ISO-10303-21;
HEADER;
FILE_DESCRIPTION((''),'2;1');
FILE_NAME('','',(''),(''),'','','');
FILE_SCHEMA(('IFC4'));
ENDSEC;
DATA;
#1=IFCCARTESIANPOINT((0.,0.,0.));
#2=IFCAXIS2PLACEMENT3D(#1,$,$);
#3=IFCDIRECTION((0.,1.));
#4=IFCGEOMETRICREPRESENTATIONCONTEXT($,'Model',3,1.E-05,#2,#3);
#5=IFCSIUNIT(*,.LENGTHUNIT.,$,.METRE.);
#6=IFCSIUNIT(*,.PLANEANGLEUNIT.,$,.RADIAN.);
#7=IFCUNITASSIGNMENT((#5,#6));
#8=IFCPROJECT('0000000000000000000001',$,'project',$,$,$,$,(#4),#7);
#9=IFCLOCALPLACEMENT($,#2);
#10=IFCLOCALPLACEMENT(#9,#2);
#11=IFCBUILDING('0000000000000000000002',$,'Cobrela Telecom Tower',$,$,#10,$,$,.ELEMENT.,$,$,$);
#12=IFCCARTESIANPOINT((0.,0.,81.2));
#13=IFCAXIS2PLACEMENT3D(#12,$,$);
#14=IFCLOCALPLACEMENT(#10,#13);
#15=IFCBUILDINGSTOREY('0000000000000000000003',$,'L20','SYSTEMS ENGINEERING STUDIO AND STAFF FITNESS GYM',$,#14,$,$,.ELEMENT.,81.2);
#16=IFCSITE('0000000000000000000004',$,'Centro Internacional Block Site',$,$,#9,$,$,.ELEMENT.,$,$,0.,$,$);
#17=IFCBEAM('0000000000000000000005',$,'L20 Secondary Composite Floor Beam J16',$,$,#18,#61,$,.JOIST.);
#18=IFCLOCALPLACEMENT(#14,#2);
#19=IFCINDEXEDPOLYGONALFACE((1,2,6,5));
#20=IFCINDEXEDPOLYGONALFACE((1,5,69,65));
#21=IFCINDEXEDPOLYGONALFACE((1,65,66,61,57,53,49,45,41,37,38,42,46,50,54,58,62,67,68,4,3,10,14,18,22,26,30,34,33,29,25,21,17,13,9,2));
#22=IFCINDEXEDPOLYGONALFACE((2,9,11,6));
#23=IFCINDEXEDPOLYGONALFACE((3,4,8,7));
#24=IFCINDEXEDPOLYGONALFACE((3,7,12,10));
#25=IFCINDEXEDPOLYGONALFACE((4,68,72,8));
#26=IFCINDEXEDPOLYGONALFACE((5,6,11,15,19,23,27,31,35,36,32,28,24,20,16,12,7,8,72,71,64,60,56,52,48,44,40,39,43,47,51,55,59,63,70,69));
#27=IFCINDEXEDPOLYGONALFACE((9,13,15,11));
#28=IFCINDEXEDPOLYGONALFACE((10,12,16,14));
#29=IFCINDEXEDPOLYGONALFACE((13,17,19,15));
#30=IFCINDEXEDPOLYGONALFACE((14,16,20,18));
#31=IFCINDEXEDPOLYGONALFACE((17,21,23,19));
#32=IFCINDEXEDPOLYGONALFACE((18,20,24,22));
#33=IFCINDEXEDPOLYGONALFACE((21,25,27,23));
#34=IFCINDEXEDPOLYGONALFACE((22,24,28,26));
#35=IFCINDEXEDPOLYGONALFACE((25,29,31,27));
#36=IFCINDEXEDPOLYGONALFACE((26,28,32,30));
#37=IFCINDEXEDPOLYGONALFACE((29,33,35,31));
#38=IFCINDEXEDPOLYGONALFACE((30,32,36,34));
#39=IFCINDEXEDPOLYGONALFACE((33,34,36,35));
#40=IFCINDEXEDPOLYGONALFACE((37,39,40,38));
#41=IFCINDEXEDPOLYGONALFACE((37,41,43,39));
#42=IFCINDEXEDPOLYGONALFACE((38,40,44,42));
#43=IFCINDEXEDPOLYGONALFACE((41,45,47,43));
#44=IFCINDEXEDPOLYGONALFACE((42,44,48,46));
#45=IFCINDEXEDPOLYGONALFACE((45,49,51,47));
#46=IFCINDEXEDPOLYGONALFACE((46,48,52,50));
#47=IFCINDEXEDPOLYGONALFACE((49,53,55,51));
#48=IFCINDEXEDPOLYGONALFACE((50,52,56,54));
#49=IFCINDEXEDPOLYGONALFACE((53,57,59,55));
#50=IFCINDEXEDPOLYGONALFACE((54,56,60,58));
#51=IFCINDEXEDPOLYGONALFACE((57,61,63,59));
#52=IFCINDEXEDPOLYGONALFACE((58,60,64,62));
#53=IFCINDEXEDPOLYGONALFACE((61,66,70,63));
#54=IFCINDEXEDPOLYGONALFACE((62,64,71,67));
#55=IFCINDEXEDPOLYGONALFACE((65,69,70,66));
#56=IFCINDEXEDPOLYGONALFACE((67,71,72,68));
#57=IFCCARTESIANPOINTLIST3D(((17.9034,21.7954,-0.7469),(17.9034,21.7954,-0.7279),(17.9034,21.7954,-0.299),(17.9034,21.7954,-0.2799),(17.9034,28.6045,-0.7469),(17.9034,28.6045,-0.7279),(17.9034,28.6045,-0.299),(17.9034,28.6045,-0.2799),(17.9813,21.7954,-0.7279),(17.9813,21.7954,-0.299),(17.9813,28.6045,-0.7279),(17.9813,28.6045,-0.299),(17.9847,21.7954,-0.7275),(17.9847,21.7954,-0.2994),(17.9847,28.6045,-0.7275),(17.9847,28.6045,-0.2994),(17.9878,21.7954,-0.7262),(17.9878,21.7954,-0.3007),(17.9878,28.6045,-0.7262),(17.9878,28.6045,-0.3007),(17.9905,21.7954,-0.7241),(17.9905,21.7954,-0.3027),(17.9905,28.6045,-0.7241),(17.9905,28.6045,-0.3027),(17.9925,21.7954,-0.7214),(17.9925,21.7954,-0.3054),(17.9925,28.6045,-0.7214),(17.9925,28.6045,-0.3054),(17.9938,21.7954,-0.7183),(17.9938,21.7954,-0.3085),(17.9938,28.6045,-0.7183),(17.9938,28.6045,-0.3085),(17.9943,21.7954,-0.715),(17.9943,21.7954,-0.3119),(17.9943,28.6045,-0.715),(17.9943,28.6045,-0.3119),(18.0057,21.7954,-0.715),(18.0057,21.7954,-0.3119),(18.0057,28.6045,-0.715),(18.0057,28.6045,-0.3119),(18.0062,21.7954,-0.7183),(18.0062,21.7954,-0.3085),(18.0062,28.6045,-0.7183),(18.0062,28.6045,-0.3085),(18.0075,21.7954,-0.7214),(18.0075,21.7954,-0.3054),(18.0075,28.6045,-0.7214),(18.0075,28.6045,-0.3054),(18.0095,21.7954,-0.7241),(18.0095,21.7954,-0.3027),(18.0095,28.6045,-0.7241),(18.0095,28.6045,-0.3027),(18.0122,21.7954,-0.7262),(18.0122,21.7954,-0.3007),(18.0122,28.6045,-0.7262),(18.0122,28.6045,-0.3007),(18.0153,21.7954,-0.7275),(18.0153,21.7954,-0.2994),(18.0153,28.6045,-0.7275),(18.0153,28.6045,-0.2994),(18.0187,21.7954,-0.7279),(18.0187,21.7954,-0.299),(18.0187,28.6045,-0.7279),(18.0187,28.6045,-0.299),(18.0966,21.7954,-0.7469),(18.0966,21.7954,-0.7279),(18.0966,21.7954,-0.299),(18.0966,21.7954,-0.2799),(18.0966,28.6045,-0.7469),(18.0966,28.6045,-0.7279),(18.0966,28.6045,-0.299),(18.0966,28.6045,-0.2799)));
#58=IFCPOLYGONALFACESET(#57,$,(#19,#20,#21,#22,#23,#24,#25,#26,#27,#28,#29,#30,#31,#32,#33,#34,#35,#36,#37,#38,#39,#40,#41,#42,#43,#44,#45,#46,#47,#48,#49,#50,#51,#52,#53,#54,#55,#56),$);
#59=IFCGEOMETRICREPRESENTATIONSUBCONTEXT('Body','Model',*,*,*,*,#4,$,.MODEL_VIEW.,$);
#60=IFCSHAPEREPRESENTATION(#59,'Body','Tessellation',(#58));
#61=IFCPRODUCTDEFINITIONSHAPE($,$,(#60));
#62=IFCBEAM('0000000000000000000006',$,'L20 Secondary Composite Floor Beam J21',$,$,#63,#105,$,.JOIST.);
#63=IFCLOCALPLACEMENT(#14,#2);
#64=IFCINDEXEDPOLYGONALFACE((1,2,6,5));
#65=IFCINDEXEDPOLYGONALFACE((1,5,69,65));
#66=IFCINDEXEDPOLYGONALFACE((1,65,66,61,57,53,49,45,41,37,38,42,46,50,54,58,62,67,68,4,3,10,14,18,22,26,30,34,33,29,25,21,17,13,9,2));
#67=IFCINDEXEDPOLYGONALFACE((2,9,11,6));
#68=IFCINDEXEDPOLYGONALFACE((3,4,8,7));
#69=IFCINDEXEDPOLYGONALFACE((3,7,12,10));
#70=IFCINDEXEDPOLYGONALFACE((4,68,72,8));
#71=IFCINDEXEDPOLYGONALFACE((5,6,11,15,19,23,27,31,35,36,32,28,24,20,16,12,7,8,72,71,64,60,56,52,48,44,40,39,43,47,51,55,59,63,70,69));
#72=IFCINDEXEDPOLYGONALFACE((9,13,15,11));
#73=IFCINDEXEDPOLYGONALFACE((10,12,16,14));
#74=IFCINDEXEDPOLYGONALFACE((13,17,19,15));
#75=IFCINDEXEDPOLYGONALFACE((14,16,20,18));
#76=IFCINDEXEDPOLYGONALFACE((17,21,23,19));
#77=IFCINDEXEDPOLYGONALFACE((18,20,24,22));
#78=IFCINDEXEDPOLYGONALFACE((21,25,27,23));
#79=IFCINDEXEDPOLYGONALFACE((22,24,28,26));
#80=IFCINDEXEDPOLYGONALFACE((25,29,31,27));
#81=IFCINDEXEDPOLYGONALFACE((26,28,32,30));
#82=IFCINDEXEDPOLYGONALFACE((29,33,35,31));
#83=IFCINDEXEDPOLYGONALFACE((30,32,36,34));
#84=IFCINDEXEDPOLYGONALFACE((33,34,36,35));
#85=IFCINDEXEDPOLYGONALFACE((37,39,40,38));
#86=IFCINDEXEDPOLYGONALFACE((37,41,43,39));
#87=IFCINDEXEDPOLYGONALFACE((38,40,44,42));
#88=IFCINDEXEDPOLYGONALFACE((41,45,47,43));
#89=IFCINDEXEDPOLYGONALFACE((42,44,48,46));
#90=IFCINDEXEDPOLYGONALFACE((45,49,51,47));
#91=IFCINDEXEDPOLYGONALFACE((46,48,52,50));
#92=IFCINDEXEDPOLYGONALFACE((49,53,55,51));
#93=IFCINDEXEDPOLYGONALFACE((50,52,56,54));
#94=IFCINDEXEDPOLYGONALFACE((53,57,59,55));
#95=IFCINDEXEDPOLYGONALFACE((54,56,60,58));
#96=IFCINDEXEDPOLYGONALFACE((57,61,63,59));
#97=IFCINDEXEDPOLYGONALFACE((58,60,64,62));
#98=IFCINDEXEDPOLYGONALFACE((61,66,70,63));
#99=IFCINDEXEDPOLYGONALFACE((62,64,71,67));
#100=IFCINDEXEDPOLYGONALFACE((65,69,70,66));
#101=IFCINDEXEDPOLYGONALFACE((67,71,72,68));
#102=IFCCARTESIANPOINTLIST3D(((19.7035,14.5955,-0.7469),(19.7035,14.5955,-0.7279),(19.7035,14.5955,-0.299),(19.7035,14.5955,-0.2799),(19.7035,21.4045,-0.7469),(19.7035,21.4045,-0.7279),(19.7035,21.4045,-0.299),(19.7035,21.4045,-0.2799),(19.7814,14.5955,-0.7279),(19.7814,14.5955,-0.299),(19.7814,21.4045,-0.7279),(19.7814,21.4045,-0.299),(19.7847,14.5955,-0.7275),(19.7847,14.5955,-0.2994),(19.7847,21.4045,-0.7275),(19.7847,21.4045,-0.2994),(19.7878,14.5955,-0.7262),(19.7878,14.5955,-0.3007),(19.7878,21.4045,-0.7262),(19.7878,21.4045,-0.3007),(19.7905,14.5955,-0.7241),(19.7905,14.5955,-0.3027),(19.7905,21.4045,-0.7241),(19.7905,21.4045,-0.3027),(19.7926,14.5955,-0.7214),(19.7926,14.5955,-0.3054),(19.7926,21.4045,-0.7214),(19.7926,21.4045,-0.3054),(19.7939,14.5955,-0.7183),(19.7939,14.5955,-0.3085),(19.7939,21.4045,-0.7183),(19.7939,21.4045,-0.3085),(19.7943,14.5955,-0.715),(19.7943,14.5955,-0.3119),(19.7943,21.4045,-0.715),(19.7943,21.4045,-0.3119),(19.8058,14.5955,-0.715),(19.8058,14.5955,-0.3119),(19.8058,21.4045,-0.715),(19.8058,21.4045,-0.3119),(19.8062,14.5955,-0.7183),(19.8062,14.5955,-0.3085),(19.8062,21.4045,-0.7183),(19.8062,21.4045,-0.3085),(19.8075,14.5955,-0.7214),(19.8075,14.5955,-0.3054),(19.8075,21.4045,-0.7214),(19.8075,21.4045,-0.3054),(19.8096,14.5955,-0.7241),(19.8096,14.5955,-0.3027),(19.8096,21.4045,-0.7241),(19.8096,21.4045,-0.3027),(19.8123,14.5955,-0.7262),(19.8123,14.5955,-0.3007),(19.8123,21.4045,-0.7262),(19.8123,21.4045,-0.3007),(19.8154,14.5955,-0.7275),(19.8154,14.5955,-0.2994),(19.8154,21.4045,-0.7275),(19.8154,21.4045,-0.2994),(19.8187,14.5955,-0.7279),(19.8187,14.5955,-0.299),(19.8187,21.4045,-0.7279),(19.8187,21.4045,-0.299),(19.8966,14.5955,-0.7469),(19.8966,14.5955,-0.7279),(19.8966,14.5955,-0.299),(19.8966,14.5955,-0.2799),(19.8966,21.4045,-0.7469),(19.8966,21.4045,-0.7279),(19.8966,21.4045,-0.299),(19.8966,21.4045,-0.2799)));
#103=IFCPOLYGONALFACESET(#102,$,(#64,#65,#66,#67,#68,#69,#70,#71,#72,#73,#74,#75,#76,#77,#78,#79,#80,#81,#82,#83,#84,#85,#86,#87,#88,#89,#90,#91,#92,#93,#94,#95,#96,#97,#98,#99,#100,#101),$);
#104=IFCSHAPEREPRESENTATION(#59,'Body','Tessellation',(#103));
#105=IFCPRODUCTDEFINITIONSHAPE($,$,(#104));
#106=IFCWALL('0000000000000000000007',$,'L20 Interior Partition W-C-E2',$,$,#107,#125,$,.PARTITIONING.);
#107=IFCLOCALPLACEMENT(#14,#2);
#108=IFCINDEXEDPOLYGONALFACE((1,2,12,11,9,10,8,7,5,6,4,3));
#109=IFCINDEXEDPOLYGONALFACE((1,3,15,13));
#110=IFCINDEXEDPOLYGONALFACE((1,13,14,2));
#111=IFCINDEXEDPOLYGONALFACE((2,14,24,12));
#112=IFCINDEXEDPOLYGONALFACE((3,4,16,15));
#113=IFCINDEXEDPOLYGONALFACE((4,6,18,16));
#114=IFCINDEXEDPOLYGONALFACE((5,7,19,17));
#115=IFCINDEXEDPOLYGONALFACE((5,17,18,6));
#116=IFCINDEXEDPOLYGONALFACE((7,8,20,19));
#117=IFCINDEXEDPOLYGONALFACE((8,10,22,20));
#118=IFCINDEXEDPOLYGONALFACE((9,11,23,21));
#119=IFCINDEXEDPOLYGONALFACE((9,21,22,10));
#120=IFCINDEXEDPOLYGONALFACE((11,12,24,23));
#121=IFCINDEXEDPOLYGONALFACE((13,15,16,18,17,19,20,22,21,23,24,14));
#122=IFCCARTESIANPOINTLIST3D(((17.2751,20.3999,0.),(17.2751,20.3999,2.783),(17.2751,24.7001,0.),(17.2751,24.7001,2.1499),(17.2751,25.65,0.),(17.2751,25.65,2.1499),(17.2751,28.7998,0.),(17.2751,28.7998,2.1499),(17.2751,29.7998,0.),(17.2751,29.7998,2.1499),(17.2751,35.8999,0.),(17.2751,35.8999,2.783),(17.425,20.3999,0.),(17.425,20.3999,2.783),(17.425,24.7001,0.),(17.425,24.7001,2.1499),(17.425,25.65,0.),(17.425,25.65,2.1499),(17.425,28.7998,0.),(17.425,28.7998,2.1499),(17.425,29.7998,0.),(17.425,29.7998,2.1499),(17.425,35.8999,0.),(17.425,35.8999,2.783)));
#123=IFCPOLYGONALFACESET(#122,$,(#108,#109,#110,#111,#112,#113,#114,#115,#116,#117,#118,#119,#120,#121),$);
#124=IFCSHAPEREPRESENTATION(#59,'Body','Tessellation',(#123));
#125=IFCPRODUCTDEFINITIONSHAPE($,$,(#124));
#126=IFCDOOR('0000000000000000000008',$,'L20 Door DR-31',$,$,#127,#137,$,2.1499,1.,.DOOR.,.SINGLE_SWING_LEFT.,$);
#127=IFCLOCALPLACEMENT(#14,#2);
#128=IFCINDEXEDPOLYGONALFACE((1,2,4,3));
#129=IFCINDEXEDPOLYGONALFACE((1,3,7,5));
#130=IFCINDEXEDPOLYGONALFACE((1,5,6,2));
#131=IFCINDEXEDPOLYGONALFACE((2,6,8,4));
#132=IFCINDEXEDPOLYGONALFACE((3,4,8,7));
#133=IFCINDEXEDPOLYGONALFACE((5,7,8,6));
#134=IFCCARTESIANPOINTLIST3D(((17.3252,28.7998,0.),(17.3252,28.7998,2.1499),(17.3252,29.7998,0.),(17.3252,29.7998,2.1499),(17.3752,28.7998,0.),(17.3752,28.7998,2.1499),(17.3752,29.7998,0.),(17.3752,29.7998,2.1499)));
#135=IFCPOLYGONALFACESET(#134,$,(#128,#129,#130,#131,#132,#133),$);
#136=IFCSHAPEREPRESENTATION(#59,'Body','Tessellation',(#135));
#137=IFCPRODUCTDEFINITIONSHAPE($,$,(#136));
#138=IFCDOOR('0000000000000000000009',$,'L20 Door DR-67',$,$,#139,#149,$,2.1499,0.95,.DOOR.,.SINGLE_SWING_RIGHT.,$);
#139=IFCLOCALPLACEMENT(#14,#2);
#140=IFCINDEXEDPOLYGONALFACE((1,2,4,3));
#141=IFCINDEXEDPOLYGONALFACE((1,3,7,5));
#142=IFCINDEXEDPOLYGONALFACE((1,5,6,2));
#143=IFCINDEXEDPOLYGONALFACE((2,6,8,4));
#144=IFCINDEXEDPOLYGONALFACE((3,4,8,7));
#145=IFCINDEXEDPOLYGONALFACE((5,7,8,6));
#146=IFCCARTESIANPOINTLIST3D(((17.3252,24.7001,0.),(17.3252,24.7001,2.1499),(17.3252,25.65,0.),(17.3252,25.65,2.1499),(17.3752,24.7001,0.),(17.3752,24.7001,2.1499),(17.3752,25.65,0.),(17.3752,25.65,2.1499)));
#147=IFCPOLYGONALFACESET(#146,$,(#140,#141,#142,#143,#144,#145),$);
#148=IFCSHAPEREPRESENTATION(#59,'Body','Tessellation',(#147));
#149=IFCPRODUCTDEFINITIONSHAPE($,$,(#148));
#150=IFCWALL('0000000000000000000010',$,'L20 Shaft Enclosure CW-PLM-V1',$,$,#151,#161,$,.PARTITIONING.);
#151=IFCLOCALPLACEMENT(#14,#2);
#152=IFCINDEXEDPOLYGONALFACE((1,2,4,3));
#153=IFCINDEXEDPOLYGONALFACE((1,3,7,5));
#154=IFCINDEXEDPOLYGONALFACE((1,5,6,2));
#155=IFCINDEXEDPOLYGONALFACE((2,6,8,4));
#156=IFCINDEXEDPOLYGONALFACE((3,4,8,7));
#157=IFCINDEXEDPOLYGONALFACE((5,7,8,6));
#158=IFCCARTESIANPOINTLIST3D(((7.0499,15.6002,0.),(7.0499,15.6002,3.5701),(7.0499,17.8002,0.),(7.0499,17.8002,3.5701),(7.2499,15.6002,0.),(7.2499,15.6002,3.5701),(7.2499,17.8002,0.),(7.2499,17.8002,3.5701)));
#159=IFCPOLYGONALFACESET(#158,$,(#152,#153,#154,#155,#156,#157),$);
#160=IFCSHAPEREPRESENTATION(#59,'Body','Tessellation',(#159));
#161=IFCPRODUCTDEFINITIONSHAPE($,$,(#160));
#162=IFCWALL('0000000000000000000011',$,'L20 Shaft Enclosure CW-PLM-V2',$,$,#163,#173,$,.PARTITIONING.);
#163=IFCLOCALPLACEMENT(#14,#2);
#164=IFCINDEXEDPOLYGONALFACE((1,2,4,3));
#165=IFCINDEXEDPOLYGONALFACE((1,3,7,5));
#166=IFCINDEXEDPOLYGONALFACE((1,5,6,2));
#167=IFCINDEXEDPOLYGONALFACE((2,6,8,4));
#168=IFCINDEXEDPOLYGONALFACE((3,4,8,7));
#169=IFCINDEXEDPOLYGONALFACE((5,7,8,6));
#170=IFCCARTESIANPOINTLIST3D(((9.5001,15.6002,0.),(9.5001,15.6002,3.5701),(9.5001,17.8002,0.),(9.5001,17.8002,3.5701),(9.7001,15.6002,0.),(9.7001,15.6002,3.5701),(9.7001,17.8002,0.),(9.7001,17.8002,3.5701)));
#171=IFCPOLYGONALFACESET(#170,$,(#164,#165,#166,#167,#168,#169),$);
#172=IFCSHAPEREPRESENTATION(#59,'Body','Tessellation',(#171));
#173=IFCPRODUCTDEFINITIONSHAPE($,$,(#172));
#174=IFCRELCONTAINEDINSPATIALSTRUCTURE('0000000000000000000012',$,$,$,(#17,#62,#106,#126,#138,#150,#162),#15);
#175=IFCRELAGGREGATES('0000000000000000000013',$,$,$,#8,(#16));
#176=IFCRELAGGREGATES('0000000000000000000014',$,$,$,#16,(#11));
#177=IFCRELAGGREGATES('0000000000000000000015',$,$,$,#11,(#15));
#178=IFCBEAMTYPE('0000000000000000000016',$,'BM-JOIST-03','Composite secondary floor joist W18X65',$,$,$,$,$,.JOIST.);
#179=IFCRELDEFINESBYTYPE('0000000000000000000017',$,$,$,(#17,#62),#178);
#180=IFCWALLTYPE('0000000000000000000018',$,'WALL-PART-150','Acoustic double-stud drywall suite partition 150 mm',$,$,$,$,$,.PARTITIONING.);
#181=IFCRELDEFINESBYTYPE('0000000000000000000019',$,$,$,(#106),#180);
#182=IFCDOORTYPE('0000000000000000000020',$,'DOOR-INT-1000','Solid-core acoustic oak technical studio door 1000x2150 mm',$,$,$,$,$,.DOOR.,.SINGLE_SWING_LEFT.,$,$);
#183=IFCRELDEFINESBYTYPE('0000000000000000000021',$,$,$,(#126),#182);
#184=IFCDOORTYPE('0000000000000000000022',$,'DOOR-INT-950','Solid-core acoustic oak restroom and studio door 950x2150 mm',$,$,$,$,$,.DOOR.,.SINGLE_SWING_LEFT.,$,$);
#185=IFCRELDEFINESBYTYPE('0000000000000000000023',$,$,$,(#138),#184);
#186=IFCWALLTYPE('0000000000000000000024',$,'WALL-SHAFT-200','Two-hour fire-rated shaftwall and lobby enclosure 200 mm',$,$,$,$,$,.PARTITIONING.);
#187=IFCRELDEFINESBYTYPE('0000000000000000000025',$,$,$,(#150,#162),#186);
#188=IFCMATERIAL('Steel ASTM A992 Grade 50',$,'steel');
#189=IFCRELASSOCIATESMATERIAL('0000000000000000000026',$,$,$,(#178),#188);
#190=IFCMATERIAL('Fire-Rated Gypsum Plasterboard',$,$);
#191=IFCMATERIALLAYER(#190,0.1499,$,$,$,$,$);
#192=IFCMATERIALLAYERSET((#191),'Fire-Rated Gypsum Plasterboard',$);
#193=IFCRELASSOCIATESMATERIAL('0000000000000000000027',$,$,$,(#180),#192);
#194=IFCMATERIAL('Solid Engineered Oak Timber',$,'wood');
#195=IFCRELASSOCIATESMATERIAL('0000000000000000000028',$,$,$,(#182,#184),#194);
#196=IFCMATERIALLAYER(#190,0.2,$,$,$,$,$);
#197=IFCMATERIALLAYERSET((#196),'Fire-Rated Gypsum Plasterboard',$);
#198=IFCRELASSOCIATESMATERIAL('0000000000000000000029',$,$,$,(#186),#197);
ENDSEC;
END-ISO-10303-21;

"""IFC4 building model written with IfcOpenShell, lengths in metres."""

from ifc_helpers import new_model, si_unit, direction, frame, frame_2d, origin, origin_2d, place, context, subcontext, project, spatial, rectangle, i_section, extrude, material, layer, layer_set, material_profile, profile_set, type_object, element, fill, save


model = new_model("IFC4")

# Units and contexts
model_context = context("Model", 3, precision=1e-05, world=origin(), true_north=direction((0.0, 1.0)))
body_context = subcontext(model_context, "Body", "Model", "MODEL_VIEW")
ifc_project = project(units=[si_unit("LENGTHUNIT", "METRE"), si_unit("PLANEANGLEUNIT", "RADIAN")], contexts=[model_context])

# Site, building, storey
site_placement = place(None, origin())
site = spatial("IfcSite", under=ifc_project, at=site_placement, Name="Centro Internacional Block Site", CompositionType="ELEMENT", RefElevation=0.0)
building_placement = place(site_placement, origin())
building = spatial("IfcBuilding", under=site, at=building_placement, Name="Cobrela Telecom Tower", CompositionType="ELEMENT")
storey_placement = place(building_placement, frame((0.0, 0.0, 81.2)))
storey = spatial("IfcBuildingStorey", under=building, at=storey_placement, Name="L20", Description="SYSTEMS ENGINEERING STUDIO AND STAFF FITNESS GYM", CompositionType="ELEMENT", Elevation=81.2)

# Beams
ifc_material_1 = material(Name="Steel ASTM A992 Grade 50", Category="steel")
ifc_material_profile_1 = material_profile(ifc_material_1, i_section(OverallWidth=0.1931, OverallDepth=0.467, WebThickness=0.0115, FlangeThickness=0.019, FilletRadius=0.0129, at=origin_2d()), Name="W18X65")
ifc_profile_set_1 = profile_set([ifc_material_profile_1], Name="Steel ASTM A992 Grade 50")
beam_type_1 = type_object("IfcBeamType", Name="BM-JOIST-03", Description="Composite secondary floor joist W18X65", PredefinedType="JOIST", material=ifc_profile_set_1)
for number, where, z_axis, x_axis, name in (
    (1, (18.0, 21.7954, -0.5134), (0.0, 1.0, 0.0), (-1.0, 0.0, 0.0), "L20 Secondary Composite Floor Beam J16"),
    (2, (19.8, 14.5955, -0.5134), (0.0, 1.0, 0.0), (-1.0, 0.0, 0.0), "L20 Secondary Composite Floor Beam J21"),
):
    element("IfcBeam", number, at=place(storey_placement, frame(where, z_axis=z_axis, x_axis=x_axis)), inside=storey, type_object=beam_type_1, Name=name, PredefinedType="JOIST", context=body_context, shape_type="SweptSolid", body=[
        extrude(i_section(OverallWidth=0.1931, OverallDepth=0.467, WebThickness=0.0115, FlangeThickness=0.019, FilletRadius=0.0129, at=origin_2d()), origin(), (0.0, 0.0, 1.0), 6.8091),
    ])

# Wall, openings, doors
ifc_material_2 = material(Name="Fire-Rated Gypsum Plasterboard")
ifc_layer_1 = layer(ifc_material_2, 0.1499)
ifc_layer_set_1 = layer_set([ifc_layer_1], Name="Fire-Rated Gypsum Plasterboard")
wall_type_1 = type_object("IfcWallType", Name="WALL-PART-150", Description="Acoustic double-stud drywall suite partition 150 mm", PredefinedType="PARTITIONING", material=ifc_layer_set_1)
wall_1_placement = place(storey_placement, frame((17.3501, 20.3999, 0.0), z_axis=(0.0, 0.0, 1.0), x_axis=(0.0, 1.0, 0.0)))
wall_1 = element("IfcWall", 3, at=wall_1_placement, inside=storey, type_object=wall_type_1, Name="L20 Interior Partition W-C-E2", PredefinedType="PARTITIONING", context=body_context, shape_type="SweptSolid", body=[
    extrude(rectangle(XDim=15.5, YDim=0.1499, at=frame_2d((7.75, 0.0))), origin(), (0.0, 0.0, 1.0), 2.783),
])
opening_1_placement = place(wall_1_placement, frame((4.3, 0.0, 0.0)))
opening_1 = element("IfcOpeningElement", 4, at=opening_1_placement, cuts=wall_1, PredefinedType="OPENING", context=body_context, shape_type="SweptSolid", body=[
    extrude(rectangle(XDim=0.95, YDim=2.1499, at=frame_2d((0.4751, 1.075))), frame((0.0, 0.0869, 0.0), z_axis=(0.0, -1.0, 0.0), x_axis=(1.0, 0.0, 0.0)), (0.0, 0.0, 1.0), 0.1738),
])
opening_2_placement = place(wall_1_placement, frame((8.3999, 0.0, 0.0)))
opening_2 = element("IfcOpeningElement", 5, at=opening_2_placement, cuts=wall_1, PredefinedType="OPENING", context=body_context, shape_type="SweptSolid", body=[
    extrude(rectangle(XDim=1.0, YDim=2.1499, at=frame_2d((0.5, 1.075))), frame((0.0, 0.0869, 0.0), z_axis=(0.0, -1.0, 0.0), x_axis=(1.0, 0.0, 0.0)), (0.0, 0.0, 1.0), 0.1738),
])
ifc_material_3 = material(Name="Solid Engineered Oak Timber", Category="wood")
door_type_1 = type_object("IfcDoorType", Name="DOOR-INT-1000", Description="Solid-core acoustic oak technical studio door 1000x2150 mm", OperationType="SINGLE_SWING_LEFT", PredefinedType="DOOR", material=ifc_material_3)
door_1_placement = place(opening_2_placement, origin())
door_1 = element("IfcDoor", 6, at=door_1_placement, inside=storey, type_object=door_type_1, Name="L20 Door DR-31", OperationType="SINGLE_SWING_LEFT", OverallHeight=2.1499, OverallWidth=1.0, PredefinedType="DOOR", context=body_context, shape_type="SweptSolid", body=[
    extrude(rectangle(XDim=1.0, YDim=2.1499, at=frame_2d((0.5, 1.075))), frame((0.0, 0.0249, 0.0), z_axis=(0.0, -1.0, 0.0), x_axis=(1.0, 0.0, 0.0)), (0.0, 0.0, 1.0), 0.05),
])
fill(opening_2, door_1)
door_type_2 = type_object("IfcDoorType", Name="DOOR-INT-950", Description="Solid-core acoustic oak restroom and studio door 950x2150 mm", OperationType="SINGLE_SWING_LEFT", PredefinedType="DOOR", material=ifc_material_3)
door_2_placement = place(opening_1_placement, origin())
door_2 = element("IfcDoor", 7, at=door_2_placement, inside=storey, type_object=door_type_2, Name="L20 Door DR-67", OperationType="SINGLE_SWING_RIGHT", OverallHeight=2.1499, OverallWidth=0.95, PredefinedType="DOOR", context=body_context, shape_type="SweptSolid", body=[
    extrude(rectangle(XDim=0.95, YDim=2.1499, at=frame_2d((0.4751, 1.075))), frame((0.0, 0.0249, 0.0), z_axis=(0.0, -1.0, 0.0), x_axis=(1.0, 0.0, 0.0)), (0.0, 0.0, 1.0), 0.05),
])
fill(opening_1, door_2)

# Walls
ifc_layer_2 = layer(ifc_material_2, 0.2)
ifc_layer_set_2 = layer_set([ifc_layer_2], Name="Fire-Rated Gypsum Plasterboard")
wall_type_2 = type_object("IfcWallType", Name="WALL-SHAFT-200", Description="Two-hour fire-rated shaftwall and lobby enclosure 200 mm", PredefinedType="PARTITIONING", material=ifc_layer_set_2)
for number, where, z_axis, x_axis, name in (
    (8, (7.1499, 15.6001, 0.0), (0.0, 0.0, 1.0), (0.0, 1.0, 0.0), "L20 Shaft Enclosure CW-PLM-V1"),
    (9, (9.6001, 15.6001, 0.0), (0.0, 0.0, 1.0), (0.0, 1.0, 0.0), "L20 Shaft Enclosure CW-PLM-V2"),
):
    element("IfcWall", number, at=place(storey_placement, frame(where, z_axis=z_axis, x_axis=x_axis)), inside=storey, type_object=wall_type_2, Name=name, PredefinedType="PARTITIONING", context=body_context, shape_type="SweptSolid", body=[
        extrude(rectangle(XDim=2.2, YDim=0.2, at=frame_2d((1.1001, 0.0))), origin(), (0.0, 0.0, 1.0), 3.5701),
    ])

save(model, "model.ifc")
